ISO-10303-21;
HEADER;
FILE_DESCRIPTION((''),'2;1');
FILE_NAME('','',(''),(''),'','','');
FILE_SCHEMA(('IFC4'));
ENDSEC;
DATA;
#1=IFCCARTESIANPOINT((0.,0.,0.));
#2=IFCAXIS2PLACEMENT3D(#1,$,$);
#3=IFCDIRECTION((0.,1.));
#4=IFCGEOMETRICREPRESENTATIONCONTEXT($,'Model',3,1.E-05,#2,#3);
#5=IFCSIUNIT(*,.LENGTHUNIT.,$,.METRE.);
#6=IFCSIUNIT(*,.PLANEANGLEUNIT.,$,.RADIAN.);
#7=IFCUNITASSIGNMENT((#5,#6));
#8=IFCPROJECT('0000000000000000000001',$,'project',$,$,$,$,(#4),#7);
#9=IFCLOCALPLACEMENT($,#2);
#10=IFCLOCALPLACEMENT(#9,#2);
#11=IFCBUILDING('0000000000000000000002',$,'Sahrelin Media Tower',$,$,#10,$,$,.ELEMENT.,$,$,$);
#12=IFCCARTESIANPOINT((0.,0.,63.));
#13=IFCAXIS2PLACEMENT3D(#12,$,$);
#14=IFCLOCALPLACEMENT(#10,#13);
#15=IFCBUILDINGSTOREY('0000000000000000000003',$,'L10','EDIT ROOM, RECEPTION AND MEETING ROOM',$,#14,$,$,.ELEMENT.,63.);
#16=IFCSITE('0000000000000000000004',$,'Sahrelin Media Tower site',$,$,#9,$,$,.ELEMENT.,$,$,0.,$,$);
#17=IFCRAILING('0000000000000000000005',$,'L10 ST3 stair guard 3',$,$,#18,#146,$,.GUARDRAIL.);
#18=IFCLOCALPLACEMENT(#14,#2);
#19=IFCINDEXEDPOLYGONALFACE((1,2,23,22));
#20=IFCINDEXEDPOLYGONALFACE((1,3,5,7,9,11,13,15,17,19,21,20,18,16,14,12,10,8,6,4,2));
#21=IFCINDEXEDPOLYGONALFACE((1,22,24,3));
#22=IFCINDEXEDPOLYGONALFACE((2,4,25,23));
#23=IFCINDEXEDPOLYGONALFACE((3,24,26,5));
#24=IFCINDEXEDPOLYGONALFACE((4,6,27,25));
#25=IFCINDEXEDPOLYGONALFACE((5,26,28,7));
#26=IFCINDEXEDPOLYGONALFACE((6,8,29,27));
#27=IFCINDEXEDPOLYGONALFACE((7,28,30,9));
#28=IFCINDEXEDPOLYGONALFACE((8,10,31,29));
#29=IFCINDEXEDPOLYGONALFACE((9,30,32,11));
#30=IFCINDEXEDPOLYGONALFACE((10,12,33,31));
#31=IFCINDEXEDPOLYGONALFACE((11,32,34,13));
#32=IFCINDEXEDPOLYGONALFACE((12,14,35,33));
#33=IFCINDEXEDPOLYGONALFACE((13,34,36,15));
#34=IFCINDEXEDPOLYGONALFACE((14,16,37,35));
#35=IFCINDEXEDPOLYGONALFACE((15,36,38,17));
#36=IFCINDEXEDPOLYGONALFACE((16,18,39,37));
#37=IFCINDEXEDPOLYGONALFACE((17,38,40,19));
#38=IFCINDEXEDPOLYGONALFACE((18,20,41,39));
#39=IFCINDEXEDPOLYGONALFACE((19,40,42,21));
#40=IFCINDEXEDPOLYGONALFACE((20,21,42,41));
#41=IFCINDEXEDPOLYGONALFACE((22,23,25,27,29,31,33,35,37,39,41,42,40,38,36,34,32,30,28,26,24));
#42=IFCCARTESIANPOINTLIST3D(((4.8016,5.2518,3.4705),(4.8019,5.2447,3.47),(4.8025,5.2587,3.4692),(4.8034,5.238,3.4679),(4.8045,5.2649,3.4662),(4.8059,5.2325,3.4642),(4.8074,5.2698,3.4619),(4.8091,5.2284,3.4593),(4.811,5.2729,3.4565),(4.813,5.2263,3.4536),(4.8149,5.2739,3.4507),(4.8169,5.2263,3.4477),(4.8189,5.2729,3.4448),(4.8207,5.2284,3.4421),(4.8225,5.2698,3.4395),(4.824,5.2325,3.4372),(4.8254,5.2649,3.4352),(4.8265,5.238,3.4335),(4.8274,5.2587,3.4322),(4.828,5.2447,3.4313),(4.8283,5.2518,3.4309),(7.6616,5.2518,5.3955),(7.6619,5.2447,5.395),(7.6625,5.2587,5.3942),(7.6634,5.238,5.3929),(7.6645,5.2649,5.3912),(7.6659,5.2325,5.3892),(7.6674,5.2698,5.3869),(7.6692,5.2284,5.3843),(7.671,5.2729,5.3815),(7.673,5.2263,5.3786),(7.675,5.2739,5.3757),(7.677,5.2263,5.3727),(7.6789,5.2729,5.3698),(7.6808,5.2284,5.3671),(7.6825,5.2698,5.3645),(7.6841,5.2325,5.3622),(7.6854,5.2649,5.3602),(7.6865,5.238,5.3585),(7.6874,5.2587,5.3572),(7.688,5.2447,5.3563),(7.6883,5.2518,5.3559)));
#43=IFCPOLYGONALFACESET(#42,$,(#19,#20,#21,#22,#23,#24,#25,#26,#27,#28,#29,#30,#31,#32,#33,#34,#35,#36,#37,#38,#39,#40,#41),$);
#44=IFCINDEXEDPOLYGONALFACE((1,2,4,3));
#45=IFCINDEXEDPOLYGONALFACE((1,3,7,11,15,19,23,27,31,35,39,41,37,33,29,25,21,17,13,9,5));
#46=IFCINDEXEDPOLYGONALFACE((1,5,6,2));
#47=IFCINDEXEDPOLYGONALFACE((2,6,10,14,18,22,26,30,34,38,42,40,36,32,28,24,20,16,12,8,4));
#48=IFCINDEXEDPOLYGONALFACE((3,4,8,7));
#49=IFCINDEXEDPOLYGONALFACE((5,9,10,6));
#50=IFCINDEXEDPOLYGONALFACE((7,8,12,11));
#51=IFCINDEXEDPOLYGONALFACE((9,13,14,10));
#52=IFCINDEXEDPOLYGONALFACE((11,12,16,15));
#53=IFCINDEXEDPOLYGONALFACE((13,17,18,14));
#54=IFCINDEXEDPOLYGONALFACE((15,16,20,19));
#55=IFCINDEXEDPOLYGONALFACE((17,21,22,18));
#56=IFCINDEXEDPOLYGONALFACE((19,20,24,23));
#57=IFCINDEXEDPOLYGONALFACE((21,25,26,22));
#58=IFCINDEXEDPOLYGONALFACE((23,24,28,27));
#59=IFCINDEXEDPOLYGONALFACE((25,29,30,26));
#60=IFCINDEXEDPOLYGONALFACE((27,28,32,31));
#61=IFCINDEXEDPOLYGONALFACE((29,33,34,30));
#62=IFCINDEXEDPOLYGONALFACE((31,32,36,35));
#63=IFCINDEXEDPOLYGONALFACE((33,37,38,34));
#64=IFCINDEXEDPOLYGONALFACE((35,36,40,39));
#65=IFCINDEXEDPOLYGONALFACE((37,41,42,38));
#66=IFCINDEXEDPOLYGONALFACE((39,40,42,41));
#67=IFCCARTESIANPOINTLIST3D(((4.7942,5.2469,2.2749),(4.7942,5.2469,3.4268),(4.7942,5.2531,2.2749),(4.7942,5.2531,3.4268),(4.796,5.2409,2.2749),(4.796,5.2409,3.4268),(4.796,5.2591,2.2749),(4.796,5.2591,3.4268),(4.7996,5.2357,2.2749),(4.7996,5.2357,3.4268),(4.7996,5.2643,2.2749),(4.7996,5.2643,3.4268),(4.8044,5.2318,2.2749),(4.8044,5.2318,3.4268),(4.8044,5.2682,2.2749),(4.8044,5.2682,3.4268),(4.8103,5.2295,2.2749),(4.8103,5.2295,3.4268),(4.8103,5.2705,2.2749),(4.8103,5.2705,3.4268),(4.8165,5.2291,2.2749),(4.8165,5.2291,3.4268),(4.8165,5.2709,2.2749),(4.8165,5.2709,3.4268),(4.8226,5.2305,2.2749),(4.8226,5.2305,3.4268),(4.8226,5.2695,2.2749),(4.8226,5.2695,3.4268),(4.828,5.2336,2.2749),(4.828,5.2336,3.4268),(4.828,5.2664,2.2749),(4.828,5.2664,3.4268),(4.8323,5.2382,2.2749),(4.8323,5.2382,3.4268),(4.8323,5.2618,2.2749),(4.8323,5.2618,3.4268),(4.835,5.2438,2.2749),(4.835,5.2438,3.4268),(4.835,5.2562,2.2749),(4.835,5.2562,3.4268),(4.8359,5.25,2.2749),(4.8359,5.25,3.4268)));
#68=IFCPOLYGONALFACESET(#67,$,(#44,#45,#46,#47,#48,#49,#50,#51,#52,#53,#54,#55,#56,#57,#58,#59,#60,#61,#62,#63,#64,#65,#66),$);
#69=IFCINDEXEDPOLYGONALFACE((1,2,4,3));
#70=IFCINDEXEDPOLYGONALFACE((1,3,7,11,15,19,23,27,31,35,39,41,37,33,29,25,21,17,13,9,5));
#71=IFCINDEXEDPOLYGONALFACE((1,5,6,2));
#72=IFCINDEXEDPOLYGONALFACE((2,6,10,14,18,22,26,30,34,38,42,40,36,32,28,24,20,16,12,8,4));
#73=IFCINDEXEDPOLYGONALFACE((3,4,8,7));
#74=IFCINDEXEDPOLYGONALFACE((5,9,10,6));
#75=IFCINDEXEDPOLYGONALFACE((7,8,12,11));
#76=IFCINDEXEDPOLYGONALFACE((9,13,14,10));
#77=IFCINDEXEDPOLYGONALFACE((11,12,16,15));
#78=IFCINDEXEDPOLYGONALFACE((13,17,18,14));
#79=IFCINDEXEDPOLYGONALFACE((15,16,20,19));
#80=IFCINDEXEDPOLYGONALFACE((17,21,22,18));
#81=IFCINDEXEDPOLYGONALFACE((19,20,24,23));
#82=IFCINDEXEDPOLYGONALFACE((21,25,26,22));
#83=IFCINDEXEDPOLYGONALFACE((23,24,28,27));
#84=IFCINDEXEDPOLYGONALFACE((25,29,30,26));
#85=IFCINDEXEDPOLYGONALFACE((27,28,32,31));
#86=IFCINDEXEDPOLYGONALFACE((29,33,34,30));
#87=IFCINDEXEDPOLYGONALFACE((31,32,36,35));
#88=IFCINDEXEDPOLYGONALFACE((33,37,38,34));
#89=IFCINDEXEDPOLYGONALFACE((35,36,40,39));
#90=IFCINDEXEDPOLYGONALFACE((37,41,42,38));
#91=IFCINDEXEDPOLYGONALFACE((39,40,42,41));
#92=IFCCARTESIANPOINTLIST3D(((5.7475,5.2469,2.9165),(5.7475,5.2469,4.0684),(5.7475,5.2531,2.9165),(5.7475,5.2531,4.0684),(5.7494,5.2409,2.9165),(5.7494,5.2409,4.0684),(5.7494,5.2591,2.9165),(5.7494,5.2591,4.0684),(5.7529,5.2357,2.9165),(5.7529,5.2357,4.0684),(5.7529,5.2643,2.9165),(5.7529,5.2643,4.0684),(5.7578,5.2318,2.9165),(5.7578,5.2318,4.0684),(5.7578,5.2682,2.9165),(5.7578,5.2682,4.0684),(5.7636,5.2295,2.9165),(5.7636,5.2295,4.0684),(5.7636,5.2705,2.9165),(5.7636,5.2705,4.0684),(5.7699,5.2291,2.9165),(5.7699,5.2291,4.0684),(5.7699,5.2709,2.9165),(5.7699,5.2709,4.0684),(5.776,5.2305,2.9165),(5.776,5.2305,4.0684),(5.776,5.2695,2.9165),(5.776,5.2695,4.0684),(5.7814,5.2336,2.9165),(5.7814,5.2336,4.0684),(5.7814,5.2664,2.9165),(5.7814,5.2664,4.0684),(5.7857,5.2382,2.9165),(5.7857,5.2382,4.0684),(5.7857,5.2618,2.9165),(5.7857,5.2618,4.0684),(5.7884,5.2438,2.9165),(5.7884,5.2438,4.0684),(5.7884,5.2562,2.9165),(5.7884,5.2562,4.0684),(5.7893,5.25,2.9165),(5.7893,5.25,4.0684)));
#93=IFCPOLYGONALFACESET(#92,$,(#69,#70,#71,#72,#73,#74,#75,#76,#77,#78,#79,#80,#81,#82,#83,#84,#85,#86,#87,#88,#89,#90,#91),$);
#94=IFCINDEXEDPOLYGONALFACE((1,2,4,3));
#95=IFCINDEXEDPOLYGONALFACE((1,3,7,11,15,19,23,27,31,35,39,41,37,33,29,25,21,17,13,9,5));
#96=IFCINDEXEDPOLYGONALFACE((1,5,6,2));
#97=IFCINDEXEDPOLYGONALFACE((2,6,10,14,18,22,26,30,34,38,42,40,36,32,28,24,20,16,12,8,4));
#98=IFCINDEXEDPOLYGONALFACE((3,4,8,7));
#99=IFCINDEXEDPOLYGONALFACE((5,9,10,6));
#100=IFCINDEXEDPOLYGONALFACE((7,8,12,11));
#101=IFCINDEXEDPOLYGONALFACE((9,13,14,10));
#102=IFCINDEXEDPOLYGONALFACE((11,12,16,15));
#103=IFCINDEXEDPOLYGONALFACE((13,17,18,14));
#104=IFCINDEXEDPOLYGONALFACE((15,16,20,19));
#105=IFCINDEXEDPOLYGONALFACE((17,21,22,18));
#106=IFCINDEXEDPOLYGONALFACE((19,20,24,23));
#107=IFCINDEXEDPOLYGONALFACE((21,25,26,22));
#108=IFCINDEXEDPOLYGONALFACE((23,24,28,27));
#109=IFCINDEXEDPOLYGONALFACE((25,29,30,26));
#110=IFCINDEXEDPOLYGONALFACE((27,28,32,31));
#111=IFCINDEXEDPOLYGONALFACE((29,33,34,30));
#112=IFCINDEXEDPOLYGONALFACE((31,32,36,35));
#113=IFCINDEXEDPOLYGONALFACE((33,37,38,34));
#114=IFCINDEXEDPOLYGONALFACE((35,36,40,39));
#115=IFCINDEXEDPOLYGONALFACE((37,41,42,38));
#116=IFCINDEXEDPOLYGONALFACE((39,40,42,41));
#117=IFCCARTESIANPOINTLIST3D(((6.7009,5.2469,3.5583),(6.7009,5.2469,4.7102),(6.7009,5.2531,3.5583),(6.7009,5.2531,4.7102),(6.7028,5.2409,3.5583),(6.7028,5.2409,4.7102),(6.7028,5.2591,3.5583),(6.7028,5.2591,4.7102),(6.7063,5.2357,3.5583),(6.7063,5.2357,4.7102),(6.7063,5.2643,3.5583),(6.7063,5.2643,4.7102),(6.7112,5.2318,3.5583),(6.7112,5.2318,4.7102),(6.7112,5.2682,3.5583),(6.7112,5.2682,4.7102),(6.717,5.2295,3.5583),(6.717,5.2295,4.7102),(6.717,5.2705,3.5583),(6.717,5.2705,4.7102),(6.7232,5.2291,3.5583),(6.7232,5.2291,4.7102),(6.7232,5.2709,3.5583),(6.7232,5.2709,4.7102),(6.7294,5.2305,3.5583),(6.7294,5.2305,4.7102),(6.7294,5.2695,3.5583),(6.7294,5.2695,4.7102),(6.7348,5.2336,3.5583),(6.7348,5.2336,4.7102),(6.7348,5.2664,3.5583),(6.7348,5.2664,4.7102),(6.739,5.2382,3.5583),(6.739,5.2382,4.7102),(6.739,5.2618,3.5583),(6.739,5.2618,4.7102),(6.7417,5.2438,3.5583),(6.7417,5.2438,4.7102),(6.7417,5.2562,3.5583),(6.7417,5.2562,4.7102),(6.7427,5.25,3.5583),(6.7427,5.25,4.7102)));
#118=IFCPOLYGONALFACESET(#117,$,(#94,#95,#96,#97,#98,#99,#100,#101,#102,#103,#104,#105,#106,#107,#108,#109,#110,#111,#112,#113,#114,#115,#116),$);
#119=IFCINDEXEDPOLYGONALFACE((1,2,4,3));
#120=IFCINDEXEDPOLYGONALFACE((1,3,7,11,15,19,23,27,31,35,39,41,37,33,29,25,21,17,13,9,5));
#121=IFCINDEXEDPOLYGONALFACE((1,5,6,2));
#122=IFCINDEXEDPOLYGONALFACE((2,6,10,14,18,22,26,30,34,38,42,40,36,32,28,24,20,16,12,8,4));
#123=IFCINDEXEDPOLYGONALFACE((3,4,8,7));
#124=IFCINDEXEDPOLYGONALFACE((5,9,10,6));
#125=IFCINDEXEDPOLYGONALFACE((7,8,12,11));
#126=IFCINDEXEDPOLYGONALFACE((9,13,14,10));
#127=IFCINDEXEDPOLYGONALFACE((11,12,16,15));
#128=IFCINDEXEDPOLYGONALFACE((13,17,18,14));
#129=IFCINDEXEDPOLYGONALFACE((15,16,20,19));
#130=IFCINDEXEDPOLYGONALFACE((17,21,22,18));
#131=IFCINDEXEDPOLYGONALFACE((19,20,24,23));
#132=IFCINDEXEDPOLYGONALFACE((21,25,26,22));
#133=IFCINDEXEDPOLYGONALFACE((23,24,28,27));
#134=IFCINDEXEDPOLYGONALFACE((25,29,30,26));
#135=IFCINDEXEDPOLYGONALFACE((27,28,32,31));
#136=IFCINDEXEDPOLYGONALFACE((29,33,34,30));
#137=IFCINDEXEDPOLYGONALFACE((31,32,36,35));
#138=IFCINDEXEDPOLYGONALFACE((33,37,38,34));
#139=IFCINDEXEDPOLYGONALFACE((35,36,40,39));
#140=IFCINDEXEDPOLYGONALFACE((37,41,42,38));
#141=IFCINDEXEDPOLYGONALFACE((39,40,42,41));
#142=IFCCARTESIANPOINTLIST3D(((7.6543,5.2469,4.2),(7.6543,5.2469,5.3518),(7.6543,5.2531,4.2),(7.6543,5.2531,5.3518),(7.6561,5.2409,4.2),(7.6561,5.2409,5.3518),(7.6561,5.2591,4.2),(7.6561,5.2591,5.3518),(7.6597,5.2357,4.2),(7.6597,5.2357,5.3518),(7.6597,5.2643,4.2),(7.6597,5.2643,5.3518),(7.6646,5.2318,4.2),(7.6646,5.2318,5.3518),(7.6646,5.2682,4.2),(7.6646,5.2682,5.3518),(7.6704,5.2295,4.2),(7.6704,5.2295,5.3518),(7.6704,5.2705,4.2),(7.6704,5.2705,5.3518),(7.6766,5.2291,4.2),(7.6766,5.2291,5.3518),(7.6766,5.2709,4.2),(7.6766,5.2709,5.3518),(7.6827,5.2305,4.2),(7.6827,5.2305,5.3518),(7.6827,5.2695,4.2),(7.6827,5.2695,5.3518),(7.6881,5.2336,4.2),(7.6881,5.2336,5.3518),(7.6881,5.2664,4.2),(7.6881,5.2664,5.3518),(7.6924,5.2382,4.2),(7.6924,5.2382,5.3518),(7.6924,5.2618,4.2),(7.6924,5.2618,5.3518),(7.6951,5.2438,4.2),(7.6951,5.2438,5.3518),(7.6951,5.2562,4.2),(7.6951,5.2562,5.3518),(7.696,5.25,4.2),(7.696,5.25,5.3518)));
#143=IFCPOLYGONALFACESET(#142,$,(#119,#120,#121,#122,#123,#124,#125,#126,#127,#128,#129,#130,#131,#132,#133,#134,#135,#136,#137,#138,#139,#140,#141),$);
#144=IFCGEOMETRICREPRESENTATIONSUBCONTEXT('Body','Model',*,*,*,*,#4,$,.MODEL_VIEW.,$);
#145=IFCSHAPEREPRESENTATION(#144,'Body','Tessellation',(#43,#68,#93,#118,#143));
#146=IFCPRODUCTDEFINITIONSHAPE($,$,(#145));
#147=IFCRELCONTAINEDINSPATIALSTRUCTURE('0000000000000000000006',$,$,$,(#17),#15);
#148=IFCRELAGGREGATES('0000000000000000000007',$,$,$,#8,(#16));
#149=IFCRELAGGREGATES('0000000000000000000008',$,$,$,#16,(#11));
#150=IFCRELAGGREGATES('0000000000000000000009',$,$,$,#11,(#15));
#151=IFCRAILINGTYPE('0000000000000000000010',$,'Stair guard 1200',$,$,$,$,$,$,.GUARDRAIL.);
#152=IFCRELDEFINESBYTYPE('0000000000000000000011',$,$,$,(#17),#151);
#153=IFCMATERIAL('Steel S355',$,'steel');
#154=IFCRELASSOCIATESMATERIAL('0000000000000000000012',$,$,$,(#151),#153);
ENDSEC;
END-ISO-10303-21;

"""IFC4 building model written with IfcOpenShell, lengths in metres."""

from ifc_helpers import new_model, si_unit, direction, frame, origin, origin_2d, place, context, subcontext, project, spatial, circle, extrude, material, type_object, element, save


model = new_model("IFC4")

# Units and contexts
model_context = context("Model", 3, precision=1e-05, world=origin(), true_north=direction((0.0, 1.0)))
body_context = subcontext(model_context, "Body", "Model", "MODEL_VIEW")
ifc_project = project(units=[si_unit("LENGTHUNIT", "METRE"), si_unit("PLANEANGLEUNIT", "RADIAN")], contexts=[model_context])

# Site, building, storey
site_placement = place(None, origin())
site = spatial("IfcSite", under=ifc_project, at=site_placement, Name="Sahrelin Media Tower site", CompositionType="ELEMENT", RefElevation=0.0)
building_placement = place(site_placement, origin())
building = spatial("IfcBuilding", under=site, at=building_placement, Name="Sahrelin Media Tower", CompositionType="ELEMENT")
storey_placement = place(building_placement, frame((0.0, 0.0, 63.0)))
storey = spatial("IfcBuildingStorey", under=building, at=storey_placement, Name="L10", Description="EDIT ROOM, RECEPTION AND MEETING ROOM", CompositionType="ELEMENT", Elevation=63.0)

# Shared definitions
ifc_material_1 = material(Name="Steel S355", Category="steel")

# Railing
railing_type_1 = type_object("IfcRailingType", Name="Stair guard 1200", PredefinedType="GUARDRAIL", material=ifc_material_1)
railing_1_placement = place(storey_placement, frame((4.8149, 5.25, 2.2749)))
element("IfcRailing", 1, at=railing_1_placement, inside=storey, type_object=railing_type_1, Name="L10 ST3 stair guard 3", PredefinedType="GUARDRAIL", context=body_context, shape_type="SweptSolid", body=[
    extrude(circle(Radius=0.0239, at=origin_2d()), frame((0.0, 0.0, 1.1758), z_axis=(0.829591, 0.0, 0.558372), x_axis=(0.0, 1.0, 0.0)), (0.0, 0.0, 1.0), 3.4475),
    extrude(circle(Radius=0.021, at=origin_2d()), origin(), (0.0, 0.0, 1.0), 1.1519),
    extrude(circle(Radius=0.021, at=origin_2d()), frame((0.9534, 0.0, 0.6416)), (0.0, 0.0, 1.0), 1.1519),
    extrude(circle(Radius=0.021, at=origin_2d()), frame((1.9067, 0.0, 1.2834)), (0.0, 0.0, 1.0), 1.1519),
    extrude(circle(Radius=0.021, at=origin_2d()), frame((2.8601, 0.0, 1.925)), (0.0, 0.0, 1.0), 1.1519),
])

save(model, "model.ifc")
